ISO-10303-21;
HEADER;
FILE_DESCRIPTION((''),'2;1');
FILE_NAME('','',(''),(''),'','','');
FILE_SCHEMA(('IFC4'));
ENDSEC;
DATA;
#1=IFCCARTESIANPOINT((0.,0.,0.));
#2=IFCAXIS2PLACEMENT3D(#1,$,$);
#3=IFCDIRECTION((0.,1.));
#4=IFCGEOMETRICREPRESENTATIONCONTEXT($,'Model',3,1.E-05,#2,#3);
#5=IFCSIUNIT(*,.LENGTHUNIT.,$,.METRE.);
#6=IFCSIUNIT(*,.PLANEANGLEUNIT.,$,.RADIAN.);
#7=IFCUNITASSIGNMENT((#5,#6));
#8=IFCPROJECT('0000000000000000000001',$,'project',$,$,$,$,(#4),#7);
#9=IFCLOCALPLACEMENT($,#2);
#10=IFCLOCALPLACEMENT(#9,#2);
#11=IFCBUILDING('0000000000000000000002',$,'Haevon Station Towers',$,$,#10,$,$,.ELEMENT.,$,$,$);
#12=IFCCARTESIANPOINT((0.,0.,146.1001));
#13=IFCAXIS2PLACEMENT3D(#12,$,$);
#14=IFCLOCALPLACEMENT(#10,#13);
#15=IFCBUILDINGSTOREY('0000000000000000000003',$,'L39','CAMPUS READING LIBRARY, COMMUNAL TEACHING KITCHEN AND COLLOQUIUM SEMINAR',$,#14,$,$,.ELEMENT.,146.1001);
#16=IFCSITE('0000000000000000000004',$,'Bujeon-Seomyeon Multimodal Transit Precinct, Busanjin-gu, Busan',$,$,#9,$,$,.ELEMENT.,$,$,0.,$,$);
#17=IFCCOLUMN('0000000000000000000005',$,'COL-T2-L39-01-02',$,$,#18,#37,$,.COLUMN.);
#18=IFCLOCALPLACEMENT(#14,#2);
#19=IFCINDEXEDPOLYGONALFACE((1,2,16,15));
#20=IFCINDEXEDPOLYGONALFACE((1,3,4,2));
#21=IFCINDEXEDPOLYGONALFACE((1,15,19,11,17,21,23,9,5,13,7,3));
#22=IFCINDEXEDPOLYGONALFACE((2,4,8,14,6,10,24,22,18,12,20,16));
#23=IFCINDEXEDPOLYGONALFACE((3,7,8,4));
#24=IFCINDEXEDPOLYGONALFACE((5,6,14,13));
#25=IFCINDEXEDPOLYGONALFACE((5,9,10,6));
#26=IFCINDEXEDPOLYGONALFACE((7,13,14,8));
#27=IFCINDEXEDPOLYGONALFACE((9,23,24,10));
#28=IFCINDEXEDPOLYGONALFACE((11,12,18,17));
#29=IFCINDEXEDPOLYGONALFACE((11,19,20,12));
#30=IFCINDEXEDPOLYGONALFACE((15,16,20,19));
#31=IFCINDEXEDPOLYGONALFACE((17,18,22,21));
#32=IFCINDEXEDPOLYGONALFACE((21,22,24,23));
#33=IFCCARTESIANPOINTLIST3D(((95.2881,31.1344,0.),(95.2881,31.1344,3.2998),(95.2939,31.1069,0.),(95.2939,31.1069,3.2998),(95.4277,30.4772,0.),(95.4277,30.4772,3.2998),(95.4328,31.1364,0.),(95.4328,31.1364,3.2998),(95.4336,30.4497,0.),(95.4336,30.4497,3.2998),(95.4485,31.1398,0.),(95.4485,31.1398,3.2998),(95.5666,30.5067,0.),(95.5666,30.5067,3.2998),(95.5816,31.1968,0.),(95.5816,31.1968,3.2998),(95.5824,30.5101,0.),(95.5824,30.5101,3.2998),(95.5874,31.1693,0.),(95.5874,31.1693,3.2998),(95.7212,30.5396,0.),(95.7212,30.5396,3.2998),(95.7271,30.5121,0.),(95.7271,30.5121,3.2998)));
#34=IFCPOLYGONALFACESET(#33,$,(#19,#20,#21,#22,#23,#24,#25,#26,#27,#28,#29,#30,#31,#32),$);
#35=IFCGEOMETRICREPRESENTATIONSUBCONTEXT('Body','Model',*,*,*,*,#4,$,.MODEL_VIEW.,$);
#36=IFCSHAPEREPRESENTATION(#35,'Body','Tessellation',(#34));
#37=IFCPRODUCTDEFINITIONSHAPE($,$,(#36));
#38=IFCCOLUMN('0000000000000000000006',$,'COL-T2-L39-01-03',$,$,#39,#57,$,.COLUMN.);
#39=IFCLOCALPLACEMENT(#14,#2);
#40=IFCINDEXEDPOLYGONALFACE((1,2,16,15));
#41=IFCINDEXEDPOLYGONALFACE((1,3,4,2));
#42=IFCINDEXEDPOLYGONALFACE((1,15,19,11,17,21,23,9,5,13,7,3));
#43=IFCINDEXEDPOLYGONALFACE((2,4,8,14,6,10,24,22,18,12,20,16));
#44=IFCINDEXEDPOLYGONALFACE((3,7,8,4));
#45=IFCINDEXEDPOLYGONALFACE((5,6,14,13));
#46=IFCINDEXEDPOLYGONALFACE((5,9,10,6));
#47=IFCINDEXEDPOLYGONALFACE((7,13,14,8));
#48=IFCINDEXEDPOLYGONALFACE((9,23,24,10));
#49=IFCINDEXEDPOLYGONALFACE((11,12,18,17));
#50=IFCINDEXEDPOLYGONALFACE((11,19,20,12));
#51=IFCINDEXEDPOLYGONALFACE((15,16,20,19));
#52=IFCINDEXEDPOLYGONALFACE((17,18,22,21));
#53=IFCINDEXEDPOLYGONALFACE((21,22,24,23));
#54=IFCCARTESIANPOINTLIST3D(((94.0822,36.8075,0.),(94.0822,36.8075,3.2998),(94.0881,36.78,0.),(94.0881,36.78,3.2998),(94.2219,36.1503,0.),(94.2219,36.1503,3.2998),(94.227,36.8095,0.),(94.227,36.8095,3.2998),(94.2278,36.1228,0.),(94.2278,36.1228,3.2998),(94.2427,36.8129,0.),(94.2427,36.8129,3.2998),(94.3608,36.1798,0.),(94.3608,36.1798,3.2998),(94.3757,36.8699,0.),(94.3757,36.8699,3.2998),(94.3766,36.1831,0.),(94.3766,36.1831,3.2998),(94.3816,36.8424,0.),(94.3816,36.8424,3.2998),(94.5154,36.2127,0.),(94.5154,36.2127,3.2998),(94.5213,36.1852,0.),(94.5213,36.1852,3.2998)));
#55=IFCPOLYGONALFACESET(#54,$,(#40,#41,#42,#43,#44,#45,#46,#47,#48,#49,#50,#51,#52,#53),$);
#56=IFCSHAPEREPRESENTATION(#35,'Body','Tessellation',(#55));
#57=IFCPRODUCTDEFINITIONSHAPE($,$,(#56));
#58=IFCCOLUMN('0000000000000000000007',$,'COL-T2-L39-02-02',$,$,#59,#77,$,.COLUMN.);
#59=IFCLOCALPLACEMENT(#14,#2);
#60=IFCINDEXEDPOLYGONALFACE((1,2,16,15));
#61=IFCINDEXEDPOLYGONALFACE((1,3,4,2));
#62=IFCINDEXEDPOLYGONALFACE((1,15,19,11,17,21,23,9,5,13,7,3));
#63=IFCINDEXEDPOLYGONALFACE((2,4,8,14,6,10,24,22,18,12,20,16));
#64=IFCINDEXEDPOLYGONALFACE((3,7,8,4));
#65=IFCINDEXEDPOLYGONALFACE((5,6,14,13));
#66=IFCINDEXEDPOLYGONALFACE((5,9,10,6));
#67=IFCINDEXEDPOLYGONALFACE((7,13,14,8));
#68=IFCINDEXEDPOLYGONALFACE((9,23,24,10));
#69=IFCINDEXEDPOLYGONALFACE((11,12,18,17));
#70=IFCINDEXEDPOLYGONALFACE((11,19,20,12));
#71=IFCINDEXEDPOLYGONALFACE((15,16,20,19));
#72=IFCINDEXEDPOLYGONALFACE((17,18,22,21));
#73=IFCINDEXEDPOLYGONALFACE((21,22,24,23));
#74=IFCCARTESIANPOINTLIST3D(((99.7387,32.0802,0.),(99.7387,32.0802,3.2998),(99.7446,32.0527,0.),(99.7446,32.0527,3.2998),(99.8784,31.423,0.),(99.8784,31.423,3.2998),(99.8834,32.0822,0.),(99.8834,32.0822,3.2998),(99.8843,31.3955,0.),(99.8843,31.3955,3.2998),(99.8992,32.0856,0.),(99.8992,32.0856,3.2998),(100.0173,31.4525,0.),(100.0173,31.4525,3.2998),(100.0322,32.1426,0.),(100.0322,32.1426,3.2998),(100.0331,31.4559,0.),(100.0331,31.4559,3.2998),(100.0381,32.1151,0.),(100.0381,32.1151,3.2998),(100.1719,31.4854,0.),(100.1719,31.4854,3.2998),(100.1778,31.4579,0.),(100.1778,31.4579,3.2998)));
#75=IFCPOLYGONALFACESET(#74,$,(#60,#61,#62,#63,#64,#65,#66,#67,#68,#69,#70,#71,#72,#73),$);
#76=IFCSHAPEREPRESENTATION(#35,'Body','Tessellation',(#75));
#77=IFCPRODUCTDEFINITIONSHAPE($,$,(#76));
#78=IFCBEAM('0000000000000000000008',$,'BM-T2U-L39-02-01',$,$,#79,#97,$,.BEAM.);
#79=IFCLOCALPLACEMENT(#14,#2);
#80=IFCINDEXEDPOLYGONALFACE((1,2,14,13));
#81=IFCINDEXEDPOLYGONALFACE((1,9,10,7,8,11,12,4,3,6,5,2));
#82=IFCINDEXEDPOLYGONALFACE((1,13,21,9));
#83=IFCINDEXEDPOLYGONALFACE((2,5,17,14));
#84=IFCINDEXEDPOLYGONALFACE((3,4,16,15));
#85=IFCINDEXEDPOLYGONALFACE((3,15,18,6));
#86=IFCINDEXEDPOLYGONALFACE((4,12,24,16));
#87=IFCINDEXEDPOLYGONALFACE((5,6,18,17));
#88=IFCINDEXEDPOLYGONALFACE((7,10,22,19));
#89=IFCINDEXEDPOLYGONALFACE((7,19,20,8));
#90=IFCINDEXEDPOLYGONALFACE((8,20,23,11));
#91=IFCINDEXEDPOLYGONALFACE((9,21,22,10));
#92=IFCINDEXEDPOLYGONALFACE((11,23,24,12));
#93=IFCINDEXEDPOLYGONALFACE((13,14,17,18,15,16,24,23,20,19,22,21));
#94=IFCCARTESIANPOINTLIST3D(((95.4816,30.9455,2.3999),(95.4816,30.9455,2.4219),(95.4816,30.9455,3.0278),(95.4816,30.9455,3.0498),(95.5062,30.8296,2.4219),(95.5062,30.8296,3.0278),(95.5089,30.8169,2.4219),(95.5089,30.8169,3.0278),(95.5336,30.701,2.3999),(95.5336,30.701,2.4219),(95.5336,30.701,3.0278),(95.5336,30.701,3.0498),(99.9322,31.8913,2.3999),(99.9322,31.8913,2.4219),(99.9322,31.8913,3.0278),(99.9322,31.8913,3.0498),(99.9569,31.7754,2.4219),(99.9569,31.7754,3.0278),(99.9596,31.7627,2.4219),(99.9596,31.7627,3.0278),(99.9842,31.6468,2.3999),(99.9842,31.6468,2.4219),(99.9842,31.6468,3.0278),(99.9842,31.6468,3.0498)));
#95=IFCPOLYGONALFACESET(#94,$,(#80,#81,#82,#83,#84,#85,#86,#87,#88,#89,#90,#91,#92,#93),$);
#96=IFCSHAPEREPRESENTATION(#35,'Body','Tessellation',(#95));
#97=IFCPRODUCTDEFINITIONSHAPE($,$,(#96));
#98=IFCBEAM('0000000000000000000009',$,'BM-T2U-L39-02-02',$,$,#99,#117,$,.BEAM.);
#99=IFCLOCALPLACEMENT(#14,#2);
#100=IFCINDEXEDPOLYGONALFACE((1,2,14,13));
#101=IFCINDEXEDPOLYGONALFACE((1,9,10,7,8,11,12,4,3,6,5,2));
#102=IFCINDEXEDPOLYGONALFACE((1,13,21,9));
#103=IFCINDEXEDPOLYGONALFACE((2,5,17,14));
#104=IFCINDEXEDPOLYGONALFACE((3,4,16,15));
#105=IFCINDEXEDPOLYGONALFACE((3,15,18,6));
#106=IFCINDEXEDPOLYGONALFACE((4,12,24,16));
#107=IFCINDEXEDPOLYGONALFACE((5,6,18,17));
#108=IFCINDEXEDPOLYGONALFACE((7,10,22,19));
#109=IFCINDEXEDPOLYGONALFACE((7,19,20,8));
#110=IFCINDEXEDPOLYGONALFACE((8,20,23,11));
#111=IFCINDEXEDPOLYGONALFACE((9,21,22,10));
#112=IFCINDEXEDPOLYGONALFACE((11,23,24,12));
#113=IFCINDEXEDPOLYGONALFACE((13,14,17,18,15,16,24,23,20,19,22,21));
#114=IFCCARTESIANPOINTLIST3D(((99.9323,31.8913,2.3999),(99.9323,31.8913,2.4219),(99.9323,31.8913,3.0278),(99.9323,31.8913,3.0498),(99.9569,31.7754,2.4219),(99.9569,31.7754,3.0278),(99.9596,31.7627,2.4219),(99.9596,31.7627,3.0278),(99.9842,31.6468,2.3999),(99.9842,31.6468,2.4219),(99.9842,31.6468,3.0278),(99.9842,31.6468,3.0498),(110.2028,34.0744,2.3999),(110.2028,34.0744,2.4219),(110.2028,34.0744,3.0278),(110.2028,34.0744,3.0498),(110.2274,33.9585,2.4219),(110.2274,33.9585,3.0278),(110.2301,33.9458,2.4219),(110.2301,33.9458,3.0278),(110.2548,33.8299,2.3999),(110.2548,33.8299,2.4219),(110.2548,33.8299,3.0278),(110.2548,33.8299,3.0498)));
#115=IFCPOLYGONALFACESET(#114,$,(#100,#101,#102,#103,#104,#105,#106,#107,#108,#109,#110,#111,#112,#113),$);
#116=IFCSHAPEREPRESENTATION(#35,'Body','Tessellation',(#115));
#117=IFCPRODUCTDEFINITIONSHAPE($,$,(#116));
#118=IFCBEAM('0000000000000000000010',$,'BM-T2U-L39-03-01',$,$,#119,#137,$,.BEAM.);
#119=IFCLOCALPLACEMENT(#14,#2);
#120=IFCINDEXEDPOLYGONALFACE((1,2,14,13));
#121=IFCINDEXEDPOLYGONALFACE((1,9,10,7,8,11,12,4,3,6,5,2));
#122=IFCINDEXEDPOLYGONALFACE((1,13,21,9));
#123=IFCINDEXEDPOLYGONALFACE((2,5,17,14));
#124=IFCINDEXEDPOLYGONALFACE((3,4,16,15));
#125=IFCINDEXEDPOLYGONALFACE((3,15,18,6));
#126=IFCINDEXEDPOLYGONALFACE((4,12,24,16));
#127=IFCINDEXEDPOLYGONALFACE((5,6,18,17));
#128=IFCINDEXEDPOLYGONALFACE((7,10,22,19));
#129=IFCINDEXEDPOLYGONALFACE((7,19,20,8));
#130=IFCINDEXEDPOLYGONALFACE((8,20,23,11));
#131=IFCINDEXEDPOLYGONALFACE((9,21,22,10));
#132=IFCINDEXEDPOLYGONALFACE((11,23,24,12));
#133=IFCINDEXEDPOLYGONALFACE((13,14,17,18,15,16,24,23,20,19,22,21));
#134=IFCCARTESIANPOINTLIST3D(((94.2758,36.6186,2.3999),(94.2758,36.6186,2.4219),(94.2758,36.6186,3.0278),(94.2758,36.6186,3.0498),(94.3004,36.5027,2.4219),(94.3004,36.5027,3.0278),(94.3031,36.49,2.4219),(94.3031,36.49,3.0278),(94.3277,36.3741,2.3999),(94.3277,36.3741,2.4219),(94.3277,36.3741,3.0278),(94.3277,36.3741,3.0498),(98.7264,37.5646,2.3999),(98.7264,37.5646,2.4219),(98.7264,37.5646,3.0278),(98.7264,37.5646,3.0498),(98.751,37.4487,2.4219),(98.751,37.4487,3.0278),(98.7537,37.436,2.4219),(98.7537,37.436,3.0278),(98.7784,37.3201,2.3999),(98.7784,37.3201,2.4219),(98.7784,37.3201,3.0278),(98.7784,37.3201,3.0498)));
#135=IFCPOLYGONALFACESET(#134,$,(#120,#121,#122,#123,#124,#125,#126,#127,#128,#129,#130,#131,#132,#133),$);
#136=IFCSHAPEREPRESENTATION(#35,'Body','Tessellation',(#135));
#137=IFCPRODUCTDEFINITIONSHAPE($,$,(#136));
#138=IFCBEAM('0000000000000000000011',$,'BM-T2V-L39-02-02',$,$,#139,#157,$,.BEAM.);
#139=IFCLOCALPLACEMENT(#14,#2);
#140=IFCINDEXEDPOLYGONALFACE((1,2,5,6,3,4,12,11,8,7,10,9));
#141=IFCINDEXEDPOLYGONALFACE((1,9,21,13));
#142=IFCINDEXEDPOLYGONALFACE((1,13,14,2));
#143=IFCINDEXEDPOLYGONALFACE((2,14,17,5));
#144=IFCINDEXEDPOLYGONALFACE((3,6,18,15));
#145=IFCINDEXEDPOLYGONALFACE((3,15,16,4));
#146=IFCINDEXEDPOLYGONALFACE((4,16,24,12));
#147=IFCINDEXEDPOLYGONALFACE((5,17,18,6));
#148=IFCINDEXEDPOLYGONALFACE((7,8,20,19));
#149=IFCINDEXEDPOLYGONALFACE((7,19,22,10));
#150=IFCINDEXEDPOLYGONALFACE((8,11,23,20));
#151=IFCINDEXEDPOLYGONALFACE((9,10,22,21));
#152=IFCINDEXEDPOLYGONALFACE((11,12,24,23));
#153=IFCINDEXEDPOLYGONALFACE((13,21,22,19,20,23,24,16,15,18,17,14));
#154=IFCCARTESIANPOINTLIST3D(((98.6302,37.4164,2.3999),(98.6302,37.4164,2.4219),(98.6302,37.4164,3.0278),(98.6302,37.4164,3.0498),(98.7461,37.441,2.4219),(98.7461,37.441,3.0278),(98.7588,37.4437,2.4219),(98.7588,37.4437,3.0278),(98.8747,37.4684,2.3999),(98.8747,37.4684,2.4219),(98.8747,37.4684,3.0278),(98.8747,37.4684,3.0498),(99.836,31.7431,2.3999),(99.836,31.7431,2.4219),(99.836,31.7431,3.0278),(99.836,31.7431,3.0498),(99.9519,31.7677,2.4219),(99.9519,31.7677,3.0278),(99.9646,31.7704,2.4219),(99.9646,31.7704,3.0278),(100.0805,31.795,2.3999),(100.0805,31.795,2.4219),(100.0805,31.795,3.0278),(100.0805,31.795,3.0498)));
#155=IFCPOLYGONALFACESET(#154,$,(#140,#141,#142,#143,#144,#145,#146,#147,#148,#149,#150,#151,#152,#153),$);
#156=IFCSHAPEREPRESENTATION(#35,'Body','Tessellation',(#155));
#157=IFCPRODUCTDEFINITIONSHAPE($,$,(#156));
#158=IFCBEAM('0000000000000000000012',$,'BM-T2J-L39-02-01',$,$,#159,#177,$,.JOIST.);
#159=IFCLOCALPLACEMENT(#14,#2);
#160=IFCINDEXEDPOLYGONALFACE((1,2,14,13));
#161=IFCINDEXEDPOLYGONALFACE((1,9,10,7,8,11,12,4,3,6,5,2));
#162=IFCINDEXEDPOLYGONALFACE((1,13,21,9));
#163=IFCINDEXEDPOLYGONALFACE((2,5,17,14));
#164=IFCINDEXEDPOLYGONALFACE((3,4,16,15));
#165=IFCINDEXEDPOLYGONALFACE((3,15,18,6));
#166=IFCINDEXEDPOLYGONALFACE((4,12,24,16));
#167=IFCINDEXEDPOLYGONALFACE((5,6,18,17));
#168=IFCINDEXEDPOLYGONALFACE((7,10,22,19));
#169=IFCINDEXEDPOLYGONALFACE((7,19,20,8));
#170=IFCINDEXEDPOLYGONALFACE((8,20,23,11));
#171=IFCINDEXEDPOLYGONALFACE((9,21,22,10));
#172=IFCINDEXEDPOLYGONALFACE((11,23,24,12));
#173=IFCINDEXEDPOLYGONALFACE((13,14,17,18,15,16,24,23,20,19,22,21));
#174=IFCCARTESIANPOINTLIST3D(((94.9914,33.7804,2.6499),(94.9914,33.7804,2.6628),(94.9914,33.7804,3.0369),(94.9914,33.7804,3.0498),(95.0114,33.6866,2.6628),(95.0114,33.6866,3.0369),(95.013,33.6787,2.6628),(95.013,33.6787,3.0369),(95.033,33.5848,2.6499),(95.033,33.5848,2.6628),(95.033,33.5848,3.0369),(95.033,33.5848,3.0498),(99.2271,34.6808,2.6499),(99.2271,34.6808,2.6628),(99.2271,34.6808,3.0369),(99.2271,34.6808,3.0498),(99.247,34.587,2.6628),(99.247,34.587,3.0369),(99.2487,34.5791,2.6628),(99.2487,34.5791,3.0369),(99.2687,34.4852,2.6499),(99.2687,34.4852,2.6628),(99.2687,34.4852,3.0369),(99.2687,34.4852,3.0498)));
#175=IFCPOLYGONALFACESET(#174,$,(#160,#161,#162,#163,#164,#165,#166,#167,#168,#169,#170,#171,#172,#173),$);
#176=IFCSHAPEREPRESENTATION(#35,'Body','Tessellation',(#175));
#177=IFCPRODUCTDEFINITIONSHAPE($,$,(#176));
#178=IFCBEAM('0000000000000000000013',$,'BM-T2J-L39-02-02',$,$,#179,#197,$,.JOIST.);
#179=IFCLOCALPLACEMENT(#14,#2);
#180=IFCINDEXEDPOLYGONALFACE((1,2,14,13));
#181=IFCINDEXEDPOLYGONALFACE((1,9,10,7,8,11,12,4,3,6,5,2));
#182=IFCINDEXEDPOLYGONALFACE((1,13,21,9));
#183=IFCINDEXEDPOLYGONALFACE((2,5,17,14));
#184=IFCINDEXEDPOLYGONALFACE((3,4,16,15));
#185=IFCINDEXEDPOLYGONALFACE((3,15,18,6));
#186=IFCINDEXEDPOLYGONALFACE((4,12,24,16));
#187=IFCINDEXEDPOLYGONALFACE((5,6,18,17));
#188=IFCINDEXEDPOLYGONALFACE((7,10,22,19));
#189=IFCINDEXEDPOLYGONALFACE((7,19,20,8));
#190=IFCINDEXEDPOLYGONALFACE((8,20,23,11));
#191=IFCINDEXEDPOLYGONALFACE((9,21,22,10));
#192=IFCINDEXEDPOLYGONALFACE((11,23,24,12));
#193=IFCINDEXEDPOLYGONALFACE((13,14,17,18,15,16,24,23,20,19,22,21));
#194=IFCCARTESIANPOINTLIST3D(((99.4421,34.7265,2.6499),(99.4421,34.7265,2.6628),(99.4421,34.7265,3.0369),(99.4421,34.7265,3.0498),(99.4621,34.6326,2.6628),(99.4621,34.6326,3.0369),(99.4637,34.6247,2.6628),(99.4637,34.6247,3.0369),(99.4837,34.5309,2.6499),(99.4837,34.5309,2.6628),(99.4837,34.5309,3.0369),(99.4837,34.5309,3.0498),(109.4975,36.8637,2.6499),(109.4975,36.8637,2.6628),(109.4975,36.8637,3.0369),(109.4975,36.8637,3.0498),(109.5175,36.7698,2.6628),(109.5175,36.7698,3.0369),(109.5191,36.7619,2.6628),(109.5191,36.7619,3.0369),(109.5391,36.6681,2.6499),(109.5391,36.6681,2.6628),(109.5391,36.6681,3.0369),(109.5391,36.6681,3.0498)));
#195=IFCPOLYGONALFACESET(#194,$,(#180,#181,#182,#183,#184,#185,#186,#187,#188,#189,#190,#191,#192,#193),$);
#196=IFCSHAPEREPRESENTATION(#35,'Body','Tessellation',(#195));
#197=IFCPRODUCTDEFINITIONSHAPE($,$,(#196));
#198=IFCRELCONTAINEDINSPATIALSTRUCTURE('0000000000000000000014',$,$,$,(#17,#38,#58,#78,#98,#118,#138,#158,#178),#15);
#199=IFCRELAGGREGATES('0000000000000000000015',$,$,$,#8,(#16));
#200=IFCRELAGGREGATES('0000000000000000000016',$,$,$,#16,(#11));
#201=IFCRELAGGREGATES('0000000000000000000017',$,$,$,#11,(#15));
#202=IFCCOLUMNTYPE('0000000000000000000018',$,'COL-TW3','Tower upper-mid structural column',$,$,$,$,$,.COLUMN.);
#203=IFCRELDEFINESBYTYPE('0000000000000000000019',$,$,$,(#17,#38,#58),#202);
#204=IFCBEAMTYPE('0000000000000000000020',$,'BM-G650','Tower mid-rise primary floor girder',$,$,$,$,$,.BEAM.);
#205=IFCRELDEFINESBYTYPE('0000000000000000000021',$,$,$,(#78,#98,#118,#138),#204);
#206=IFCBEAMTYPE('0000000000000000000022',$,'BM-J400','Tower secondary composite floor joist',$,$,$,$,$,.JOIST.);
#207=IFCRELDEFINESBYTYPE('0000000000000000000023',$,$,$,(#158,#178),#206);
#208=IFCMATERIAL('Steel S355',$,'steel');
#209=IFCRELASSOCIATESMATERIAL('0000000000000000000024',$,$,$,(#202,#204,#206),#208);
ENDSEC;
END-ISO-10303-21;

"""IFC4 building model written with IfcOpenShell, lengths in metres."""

from ifc_helpers import new_model, si_unit, direction, frame, origin, origin_2d, place, context, subcontext, project, spatial, i_section, extrude, material, material_profile, profile_set, type_object, element, save


model = new_model("IFC4")

# Units and contexts
model_context = context("Model", 3, precision=1e-05, world=origin(), true_north=direction((0.0, 1.0)))
body_context = subcontext(model_context, "Body", "Model", "MODEL_VIEW")
ifc_project = project(units=[si_unit("LENGTHUNIT", "METRE"), si_unit("PLANEANGLEUNIT", "RADIAN")], contexts=[model_context])

# Site, building, storey
site_placement = place(None, origin())
site = spatial("IfcSite", under=ifc_project, at=site_placement, Name="Bujeon-Seomyeon Multimodal Transit Precinct, Busanjin-gu, Busan", CompositionType="ELEMENT", RefElevation=0.0)
building_placement = place(site_placement, origin())
building = spatial("IfcBuilding", under=site, at=building_placement, Name="Haevon Station Towers", CompositionType="ELEMENT")
storey_placement = place(building_placement, frame((0.0, 0.0, 146.1001)))
storey = spatial("IfcBuildingStorey", under=building, at=storey_placement, Name="L39", Description="CAMPUS READING LIBRARY, COMMUNAL TEACHING KITCHEN AND COLLOQUIUM SEMINAR", CompositionType="ELEMENT", Elevation=146.1001)

# Columns
ifc_material_1 = material(Name="Steel S355", Category="steel")
ifc_material_profile_1 = material_profile(ifc_material_1, i_section(OverallWidth=0.3, OverallDepth=0.7, WebThickness=0.0161, FlangeThickness=0.0281, at=origin_2d()), Name="H-700x300x16x28")
ifc_profile_set_1 = profile_set([ifc_material_profile_1], Name="Steel S355")
column_type = type_object("IfcColumnType", Name="COL-TW3", Description="Tower upper-mid structural column", PredefinedType="COLUMN", material=ifc_profile_set_1)
for number, where, z_axis, x_axis, name in (
    (1, (95.5076, 30.8232, 0.0), (0.0, 0.0, 1.0), (0.978148, 0.207912, 0.0), "COL-T2-L39-01-02"),
    (2, (94.3018, 36.4963, 0.0), (0.0, 0.0, 1.0), (0.978148, 0.207912, 0.0), "COL-T2-L39-01-03"),
    (3, (99.9583, 31.769, 0.0), (0.0, 0.0, 1.0), (0.978148, 0.207912, 0.0), "COL-T2-L39-02-02"),
):
    element("IfcColumn", number, at=place(storey_placement, frame(where, z_axis=z_axis, x_axis=x_axis)), inside=storey, type_object=column_type, Name=name, PredefinedType="COLUMN", context=body_context, shape_type="SweptSolid", body=[
        extrude(i_section(OverallWidth=0.3, OverallDepth=0.7, WebThickness=0.0161, FlangeThickness=0.0281, at=origin_2d()), origin(), (0.0, 0.0, 1.0), 3.2998),
    ])

# Beams
ifc_material_profile_2 = material_profile(ifc_material_1, i_section(OverallWidth=0.25, OverallDepth=0.6499, WebThickness=0.0129, FlangeThickness=0.022, at=origin_2d()), Name="H-650x250x13x22")
ifc_profile_set_2 = profile_set([ifc_material_profile_2], Name="Steel S355")
beam_type_1 = type_object("IfcBeamType", Name="BM-G650", Description="Tower mid-rise primary floor girder", PredefinedType="BEAM", material=ifc_profile_set_2)
beam_1_placement = place(storey_placement, frame((95.5076, 30.8232, 2.7249), z_axis=(0.978157, 0.207865, 0.0), x_axis=(-0.207865, 0.978157, 0.0)))
element("IfcBeam", 4, at=beam_1_placement, inside=storey, type_object=beam_type_1, Name="BM-T2U-L39-02-01", PredefinedType="BEAM", context=body_context, shape_type="SweptSolid", body=[
    extrude(i_section(OverallWidth=0.25, OverallDepth=0.6499, WebThickness=0.0129, FlangeThickness=0.022, at=origin_2d()), origin(), (0.0, 0.0, 1.0), 4.55),
])
beam_2_placement = place(storey_placement, frame((99.9583, 31.769, 2.7249), z_axis=(0.978147, 0.207915, 0.0), x_axis=(-0.207915, 0.978147, 0.0)))
element("IfcBeam", 5, at=beam_2_placement, inside=storey, type_object=beam_type_1, Name="BM-T2U-L39-02-02", PredefinedType="BEAM", context=body_context, shape_type="SweptSolid", body=[
    extrude(i_section(OverallWidth=0.25, OverallDepth=0.6499, WebThickness=0.0129, FlangeThickness=0.022, at=origin_2d()), origin(), (0.0, 0.0, 1.0), 10.5),
])
beam_3_placement = place(storey_placement, frame((94.3018, 36.4963, 2.7249), z_axis=(0.978147, 0.207917, 0.0), x_axis=(-0.207917, 0.978147, 0.0)))
element("IfcBeam", 6, at=beam_3_placement, inside=storey, type_object=beam_type_1, Name="BM-T2U-L39-03-01", PredefinedType="BEAM", context=body_context, shape_type="SweptSolid", body=[
    extrude(i_section(OverallWidth=0.25, OverallDepth=0.6499, WebThickness=0.0129, FlangeThickness=0.022, at=origin_2d()), origin(), (0.0, 0.0, 1.0), 4.55),
])
beam_4_placement = place(storey_placement, frame((99.9583, 31.769, 2.7249), z_axis=(-0.207896, 0.978151, 0.0), x_axis=(-0.978151, -0.207896, 0.0)))
element("IfcBeam", 7, at=beam_4_placement, inside=storey, type_object=beam_type_1, Name="BM-T2V-L39-02-02", PredefinedType="BEAM", context=body_context, shape_type="SweptSolid", body=[
    extrude(i_section(OverallWidth=0.25, OverallDepth=0.6499, WebThickness=0.0129, FlangeThickness=0.022, at=origin_2d()), origin(), (0.0, 0.0, 1.0), 5.8),
])
ifc_material_profile_3 = material_profile(ifc_material_1, i_section(OverallWidth=0.2, OverallDepth=0.3999, WebThickness=0.0081, FlangeThickness=0.0129, at=origin_2d()), Name="H-400x200x8x13")
ifc_profile_set_3 = profile_set([ifc_material_profile_3], Name="Steel S355")
beam_type_2 = type_object("IfcBeamType", Name="BM-J400", Description="Tower secondary composite floor joist", PredefinedType="JOIST", material=ifc_profile_set_3)
beam_5_placement = place(storey_placement, frame((95.0122, 33.6826, 2.8499), z_axis=(0.978144, 0.207931, 0.0), x_axis=(-0.207931, 0.978144, 0.0)))
element("IfcBeam", 8, at=beam_5_placement, inside=storey, type_object=beam_type_2, Name="BM-T2J-L39-02-01", PredefinedType="JOIST", context=body_context, shape_type="SweptSolid", body=[
    extrude(i_section(OverallWidth=0.2, OverallDepth=0.3999, WebThickness=0.0081, FlangeThickness=0.0129, at=origin_2d()), origin(), (0.0, 0.0, 1.0), 4.3303),
])
beam_6_placement = place(storey_placement, frame((99.4629, 34.6287, 2.8499), z_axis=(0.97815, 0.207899, 0.0), x_axis=(-0.207899, 0.97815, 0.0)))
element("IfcBeam", 9, at=beam_6_placement, inside=storey, type_object=beam_type_2, Name="BM-T2J-L39-02-02", PredefinedType="JOIST", context=body_context, shape_type="SweptSolid", body=[
    extrude(i_section(OverallWidth=0.2, OverallDepth=0.3999, WebThickness=0.0081, FlangeThickness=0.0129, at=origin_2d()), origin(), (0.0, 0.0, 1.0), 10.28),
])

save(model, "model.ifc")
